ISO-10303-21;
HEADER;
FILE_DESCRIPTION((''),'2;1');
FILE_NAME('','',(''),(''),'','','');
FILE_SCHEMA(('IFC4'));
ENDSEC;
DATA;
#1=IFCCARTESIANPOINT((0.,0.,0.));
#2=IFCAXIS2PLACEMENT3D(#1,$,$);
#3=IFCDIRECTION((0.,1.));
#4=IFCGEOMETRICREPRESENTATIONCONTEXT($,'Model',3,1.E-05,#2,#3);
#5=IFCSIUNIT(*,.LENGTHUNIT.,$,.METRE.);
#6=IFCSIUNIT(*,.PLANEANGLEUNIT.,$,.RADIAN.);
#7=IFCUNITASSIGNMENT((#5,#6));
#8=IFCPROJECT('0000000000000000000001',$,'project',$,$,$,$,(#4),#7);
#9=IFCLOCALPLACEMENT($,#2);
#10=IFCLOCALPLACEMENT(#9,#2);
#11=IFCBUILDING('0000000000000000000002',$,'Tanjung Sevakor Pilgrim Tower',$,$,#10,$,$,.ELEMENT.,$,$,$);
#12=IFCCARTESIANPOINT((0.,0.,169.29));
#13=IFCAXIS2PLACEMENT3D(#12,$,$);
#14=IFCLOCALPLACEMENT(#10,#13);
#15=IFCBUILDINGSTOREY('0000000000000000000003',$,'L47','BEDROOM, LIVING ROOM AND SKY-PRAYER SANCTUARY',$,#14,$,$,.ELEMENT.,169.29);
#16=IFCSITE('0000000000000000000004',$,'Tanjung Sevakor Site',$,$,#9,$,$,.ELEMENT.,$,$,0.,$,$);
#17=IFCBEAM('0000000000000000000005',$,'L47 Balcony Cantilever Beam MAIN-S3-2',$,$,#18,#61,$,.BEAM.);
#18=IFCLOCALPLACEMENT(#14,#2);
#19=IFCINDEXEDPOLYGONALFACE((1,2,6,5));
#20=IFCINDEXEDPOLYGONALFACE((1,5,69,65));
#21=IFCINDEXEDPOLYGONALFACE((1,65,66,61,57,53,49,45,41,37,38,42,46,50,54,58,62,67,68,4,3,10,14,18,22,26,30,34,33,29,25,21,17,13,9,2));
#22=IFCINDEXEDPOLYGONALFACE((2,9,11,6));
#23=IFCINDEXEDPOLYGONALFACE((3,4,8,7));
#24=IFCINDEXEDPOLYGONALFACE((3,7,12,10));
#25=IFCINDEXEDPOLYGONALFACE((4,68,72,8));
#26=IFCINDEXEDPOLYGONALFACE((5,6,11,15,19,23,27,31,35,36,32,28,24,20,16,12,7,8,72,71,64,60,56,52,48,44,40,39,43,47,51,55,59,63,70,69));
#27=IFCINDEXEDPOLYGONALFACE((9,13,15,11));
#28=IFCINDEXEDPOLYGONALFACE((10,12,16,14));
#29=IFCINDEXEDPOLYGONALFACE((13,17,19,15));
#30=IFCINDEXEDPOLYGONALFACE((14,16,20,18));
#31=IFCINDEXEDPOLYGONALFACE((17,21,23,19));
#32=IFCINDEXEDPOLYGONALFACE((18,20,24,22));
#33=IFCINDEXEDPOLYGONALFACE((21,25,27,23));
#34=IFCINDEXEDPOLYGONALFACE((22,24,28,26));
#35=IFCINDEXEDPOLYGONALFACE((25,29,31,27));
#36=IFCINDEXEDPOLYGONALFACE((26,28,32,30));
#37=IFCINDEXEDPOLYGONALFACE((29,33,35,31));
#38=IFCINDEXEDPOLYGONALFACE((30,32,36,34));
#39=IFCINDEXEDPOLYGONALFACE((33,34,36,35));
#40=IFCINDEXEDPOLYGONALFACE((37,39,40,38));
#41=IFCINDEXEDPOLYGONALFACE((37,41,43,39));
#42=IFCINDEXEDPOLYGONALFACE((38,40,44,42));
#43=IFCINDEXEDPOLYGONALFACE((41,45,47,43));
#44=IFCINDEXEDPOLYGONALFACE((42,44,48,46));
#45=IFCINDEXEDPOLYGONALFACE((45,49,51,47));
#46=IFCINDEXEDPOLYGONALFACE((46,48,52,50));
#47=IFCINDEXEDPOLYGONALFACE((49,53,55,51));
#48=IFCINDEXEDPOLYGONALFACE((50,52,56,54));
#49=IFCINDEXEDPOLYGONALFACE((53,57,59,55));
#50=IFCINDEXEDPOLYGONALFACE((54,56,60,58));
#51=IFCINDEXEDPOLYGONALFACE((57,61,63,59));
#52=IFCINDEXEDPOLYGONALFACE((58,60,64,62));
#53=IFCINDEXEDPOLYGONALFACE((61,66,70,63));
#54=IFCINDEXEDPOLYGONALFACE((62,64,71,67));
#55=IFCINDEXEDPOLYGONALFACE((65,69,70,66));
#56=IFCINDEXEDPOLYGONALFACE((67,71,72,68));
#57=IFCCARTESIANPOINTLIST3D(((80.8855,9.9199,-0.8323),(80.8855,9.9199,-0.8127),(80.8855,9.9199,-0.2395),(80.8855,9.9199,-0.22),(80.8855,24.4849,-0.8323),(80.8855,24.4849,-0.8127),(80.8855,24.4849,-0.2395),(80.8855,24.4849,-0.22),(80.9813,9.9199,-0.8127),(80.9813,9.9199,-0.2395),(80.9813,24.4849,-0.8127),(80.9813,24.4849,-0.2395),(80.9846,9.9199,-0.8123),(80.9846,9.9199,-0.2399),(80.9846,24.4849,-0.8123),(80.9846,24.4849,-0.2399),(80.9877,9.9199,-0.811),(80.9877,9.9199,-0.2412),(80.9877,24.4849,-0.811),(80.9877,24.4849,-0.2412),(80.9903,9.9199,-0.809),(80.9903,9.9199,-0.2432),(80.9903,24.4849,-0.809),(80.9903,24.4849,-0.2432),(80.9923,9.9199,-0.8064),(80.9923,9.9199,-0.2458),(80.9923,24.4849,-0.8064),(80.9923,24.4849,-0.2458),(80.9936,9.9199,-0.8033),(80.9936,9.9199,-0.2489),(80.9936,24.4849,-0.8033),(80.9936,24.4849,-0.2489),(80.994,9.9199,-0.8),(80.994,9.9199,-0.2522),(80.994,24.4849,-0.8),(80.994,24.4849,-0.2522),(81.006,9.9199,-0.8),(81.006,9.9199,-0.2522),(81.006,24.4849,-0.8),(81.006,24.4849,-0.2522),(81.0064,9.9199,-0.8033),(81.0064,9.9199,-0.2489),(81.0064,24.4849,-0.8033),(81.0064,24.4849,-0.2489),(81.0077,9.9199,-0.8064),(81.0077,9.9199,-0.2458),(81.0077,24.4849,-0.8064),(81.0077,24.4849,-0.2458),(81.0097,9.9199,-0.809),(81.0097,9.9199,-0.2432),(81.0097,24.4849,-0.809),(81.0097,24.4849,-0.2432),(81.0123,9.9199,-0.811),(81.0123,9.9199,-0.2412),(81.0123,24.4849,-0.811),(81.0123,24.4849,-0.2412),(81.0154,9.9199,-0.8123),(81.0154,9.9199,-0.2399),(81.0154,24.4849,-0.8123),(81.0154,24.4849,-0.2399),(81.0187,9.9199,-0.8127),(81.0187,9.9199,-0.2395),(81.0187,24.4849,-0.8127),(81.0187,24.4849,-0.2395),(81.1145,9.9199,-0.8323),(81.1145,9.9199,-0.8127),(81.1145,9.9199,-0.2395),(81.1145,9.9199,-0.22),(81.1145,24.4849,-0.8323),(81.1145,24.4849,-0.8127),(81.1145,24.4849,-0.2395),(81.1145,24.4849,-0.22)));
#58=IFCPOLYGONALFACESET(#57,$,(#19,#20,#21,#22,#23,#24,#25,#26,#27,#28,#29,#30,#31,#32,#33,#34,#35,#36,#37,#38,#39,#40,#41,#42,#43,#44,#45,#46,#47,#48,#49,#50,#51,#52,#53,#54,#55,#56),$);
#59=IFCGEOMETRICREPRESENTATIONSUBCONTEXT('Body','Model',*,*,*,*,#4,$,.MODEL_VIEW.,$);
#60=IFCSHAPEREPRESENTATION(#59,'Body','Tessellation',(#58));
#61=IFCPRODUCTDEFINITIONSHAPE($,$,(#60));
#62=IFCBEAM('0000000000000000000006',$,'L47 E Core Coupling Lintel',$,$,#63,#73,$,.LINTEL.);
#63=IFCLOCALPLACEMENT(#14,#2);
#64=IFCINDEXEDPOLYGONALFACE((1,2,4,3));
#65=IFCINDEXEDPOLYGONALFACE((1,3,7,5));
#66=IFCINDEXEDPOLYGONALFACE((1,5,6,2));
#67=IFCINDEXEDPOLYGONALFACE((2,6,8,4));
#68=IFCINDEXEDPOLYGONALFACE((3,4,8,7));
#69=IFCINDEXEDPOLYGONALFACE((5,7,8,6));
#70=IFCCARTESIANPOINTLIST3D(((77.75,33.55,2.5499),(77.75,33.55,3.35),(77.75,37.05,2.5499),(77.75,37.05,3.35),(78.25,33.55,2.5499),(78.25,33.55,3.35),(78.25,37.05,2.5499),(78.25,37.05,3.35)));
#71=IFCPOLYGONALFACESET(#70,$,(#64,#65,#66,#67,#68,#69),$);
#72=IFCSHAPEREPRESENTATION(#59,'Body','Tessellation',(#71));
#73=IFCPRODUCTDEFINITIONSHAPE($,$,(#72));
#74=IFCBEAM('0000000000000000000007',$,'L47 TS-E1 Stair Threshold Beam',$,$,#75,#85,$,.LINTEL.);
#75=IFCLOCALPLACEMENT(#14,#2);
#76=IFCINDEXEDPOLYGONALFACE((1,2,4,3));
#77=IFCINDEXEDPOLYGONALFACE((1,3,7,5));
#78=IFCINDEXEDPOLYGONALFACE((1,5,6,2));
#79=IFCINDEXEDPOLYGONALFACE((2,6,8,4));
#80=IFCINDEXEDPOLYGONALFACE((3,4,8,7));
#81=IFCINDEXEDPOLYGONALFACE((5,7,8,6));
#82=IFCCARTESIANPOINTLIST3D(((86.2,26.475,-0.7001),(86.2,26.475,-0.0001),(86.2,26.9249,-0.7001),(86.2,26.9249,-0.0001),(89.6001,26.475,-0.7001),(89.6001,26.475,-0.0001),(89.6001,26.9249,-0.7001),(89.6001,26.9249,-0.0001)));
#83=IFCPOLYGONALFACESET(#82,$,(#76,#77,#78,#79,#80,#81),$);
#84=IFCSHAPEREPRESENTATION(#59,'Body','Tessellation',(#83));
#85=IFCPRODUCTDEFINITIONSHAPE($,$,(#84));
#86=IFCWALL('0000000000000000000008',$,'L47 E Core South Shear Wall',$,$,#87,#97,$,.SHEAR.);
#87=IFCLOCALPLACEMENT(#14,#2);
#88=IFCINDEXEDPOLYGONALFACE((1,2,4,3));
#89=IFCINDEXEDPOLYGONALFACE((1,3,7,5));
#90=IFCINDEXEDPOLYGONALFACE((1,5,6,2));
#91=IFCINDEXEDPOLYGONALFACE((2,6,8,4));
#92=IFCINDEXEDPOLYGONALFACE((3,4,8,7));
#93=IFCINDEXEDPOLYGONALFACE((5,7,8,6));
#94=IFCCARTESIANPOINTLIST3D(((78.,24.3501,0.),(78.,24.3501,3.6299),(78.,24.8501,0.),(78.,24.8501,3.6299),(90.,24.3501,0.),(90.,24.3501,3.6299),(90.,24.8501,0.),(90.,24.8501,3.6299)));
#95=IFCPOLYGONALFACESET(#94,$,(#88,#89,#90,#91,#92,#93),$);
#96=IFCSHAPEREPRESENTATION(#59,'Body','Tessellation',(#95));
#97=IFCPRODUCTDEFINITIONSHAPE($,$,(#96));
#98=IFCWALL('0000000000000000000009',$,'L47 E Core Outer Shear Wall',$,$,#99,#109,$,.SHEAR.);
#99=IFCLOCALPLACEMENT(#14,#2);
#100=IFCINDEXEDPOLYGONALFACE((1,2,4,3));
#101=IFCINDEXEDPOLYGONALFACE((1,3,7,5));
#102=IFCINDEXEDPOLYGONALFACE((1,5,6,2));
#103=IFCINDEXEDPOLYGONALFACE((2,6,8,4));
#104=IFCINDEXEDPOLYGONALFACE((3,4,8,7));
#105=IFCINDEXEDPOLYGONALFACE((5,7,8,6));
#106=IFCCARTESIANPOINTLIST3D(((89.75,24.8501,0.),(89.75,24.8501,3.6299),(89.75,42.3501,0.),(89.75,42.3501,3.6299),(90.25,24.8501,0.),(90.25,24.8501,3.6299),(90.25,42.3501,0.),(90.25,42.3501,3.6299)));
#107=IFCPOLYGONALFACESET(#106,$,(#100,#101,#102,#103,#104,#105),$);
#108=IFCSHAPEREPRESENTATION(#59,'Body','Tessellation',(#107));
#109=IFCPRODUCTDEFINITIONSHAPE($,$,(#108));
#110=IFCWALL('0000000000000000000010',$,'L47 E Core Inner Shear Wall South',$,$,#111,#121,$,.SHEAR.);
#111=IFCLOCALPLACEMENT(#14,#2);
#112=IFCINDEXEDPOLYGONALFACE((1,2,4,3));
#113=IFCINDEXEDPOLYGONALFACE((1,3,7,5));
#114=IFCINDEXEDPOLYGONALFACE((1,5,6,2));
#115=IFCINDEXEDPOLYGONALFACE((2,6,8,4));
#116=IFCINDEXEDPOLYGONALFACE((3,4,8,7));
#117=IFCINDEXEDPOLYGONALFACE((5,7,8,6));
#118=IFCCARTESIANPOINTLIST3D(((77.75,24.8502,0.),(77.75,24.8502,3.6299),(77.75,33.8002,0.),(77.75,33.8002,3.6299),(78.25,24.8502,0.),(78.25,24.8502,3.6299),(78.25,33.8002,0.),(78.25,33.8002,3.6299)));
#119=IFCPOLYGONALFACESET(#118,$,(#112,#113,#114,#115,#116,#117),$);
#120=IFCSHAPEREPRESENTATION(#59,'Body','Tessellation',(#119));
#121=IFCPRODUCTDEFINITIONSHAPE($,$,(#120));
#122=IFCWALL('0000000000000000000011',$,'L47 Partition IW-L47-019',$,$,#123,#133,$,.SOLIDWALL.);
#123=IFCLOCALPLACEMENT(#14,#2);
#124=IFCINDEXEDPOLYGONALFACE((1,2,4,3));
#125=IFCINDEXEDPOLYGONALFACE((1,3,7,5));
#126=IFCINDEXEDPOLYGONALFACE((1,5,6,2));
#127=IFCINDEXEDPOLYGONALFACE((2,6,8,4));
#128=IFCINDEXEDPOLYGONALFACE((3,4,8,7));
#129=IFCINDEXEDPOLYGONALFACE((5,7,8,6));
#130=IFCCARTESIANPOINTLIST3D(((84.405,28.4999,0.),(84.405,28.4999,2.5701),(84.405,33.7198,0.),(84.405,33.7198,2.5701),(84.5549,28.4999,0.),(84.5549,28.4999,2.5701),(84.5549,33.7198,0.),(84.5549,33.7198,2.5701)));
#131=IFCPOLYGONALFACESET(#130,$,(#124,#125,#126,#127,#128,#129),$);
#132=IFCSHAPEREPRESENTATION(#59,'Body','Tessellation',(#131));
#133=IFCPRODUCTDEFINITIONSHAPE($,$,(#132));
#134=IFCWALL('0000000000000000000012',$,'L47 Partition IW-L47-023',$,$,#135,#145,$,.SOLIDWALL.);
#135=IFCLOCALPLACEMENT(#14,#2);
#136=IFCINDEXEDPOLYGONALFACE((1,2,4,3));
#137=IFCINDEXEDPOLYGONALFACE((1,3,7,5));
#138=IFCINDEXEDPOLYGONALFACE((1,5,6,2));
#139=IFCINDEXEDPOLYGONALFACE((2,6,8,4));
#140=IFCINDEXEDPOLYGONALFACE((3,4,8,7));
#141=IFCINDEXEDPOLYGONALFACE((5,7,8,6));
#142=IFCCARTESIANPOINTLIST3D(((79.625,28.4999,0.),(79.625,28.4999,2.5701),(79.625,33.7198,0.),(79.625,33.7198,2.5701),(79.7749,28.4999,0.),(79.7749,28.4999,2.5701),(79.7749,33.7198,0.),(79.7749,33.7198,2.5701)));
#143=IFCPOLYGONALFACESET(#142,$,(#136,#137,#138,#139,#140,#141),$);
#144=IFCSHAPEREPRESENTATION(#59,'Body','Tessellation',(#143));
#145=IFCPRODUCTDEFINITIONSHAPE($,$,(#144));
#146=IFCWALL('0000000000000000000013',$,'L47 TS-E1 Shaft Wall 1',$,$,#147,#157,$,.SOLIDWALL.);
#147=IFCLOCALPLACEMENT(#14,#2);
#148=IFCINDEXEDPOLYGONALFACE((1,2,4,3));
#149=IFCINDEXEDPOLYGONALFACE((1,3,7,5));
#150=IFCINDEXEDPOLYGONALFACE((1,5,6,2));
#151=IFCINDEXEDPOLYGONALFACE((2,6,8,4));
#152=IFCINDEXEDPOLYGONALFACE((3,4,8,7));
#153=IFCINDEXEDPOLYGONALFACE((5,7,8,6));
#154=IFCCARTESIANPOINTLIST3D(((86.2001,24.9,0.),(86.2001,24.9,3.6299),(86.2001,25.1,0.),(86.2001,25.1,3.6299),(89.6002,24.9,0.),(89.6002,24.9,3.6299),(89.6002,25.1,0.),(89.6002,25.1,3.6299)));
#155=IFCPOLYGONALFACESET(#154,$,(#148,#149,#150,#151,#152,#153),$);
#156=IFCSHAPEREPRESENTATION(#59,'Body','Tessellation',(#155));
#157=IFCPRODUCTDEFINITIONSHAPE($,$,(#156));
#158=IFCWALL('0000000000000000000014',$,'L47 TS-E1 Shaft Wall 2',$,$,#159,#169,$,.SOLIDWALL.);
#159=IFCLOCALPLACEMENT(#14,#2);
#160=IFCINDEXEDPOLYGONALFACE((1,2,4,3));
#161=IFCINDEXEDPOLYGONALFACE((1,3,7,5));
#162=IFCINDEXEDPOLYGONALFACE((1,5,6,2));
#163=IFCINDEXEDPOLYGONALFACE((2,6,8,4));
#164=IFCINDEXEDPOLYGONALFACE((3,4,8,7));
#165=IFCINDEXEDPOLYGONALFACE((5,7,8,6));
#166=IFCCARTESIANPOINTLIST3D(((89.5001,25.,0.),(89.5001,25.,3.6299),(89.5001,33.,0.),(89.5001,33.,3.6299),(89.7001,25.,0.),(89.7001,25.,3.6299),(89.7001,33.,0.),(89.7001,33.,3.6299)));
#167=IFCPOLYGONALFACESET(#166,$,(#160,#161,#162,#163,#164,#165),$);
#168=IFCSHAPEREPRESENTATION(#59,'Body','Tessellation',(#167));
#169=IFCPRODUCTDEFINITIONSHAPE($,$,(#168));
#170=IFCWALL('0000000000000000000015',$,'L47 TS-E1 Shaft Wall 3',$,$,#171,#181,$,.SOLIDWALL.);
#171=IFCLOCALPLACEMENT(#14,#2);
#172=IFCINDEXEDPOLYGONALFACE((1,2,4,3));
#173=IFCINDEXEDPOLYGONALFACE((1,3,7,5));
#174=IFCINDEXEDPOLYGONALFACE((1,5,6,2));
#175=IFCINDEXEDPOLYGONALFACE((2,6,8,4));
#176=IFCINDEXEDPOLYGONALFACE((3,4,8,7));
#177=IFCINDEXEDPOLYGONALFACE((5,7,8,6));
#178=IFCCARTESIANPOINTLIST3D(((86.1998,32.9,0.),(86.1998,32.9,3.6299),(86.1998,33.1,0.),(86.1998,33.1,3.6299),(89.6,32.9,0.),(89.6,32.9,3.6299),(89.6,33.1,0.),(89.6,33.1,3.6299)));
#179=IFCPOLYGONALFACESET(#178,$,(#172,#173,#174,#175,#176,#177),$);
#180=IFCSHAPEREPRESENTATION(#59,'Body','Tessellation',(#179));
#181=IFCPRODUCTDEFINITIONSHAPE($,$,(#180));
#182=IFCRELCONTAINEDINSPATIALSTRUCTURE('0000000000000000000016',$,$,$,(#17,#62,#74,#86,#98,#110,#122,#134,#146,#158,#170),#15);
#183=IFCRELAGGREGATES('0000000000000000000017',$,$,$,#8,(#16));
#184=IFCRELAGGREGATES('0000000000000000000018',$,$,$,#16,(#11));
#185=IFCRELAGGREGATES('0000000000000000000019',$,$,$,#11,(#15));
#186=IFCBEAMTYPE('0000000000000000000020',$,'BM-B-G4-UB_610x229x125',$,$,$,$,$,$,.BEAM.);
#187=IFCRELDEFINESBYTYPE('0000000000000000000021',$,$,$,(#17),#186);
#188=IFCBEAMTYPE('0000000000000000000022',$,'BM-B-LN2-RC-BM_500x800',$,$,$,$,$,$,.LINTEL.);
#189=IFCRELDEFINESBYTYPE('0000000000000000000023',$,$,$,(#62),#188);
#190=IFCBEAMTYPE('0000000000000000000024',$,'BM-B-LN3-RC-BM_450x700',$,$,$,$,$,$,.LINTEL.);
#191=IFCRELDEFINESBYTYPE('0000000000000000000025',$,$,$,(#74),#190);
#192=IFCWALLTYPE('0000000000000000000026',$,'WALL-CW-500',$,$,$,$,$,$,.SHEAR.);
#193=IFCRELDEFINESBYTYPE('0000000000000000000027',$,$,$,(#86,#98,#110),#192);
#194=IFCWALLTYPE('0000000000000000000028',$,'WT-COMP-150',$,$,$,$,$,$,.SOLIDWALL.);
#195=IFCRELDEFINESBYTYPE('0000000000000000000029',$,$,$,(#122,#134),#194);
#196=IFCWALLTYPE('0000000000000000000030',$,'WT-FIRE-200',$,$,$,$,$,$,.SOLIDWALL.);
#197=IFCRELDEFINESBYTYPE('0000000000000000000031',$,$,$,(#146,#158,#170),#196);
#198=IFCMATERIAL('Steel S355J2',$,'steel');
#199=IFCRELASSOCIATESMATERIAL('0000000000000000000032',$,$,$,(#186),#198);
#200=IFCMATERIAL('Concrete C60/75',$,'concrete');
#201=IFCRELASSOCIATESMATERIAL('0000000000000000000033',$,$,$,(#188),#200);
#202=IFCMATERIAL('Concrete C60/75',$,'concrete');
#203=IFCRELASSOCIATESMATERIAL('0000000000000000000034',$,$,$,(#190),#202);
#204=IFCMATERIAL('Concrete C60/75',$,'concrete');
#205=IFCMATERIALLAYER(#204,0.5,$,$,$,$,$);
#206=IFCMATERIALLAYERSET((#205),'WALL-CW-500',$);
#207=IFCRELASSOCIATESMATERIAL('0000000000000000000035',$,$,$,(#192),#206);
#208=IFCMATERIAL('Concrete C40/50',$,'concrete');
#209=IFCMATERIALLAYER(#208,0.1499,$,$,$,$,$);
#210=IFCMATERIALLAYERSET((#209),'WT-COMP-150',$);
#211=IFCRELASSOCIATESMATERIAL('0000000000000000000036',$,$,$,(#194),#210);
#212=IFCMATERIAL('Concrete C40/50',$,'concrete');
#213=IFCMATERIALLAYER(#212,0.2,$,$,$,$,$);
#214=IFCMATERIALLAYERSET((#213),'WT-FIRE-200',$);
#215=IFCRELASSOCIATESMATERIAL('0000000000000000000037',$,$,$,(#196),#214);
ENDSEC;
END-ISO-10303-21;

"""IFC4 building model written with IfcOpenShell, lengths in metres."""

from ifc_helpers import new_model, si_unit, direction, frame, frame_2d, origin, origin_2d, place, context, subcontext, project, spatial, rectangle, i_section, extrude, material, layer, layer_set, material_profile, profile_set, type_object, element, save


model = new_model("IFC4")

# Units and contexts
model_context = context("Model", 3, precision=1e-05, world=origin(), true_north=direction((0.0, 1.0)))
body_context = subcontext(model_context, "Body", "Model", "MODEL_VIEW")
ifc_project = project(units=[si_unit("LENGTHUNIT", "METRE"), si_unit("PLANEANGLEUNIT", "RADIAN")], contexts=[model_context])

# Site, building, storey
site_placement = place(None, origin())
site = spatial("IfcSite", under=ifc_project, at=site_placement, Name="Tanjung Sevakor Site", CompositionType="ELEMENT", RefElevation=0.0)
building_placement = place(site_placement, origin())
building = spatial("IfcBuilding", under=site, at=building_placement, Name="Tanjung Sevakor Pilgrim Tower", CompositionType="ELEMENT")
storey_placement = place(building_placement, frame((0.0, 0.0, 169.29)))
storey = spatial("IfcBuildingStorey", under=building, at=storey_placement, Name="L47", Description="BEDROOM, LIVING ROOM AND SKY-PRAYER SANCTUARY", CompositionType="ELEMENT", Elevation=169.29)

# Beams
ifc_material_1 = material(Name="Steel S355J2", Category="steel")
ifc_material_profile_1 = material_profile(ifc_material_1, i_section(OverallWidth=0.229, OverallDepth=0.6123, WebThickness=0.012, FlangeThickness=0.0195, FilletRadius=0.0127, at=origin_2d()))
ifc_profile_set_1 = profile_set([ifc_material_profile_1], Name="Steel S355J2")
beam_type_1 = type_object("IfcBeamType", Name="BM-B-G4-UB_610x229x125", PredefinedType="BEAM", material=ifc_profile_set_1)
beam_1_placement = place(storey_placement, frame((81.0, 24.4849, -0.5261), z_axis=(0.0, -1.0, 0.0), x_axis=(1.0, 0.0, 0.0)))
element("IfcBeam", 1, at=beam_1_placement, inside=storey, type_object=beam_type_1, Name="L47 Balcony Cantilever Beam MAIN-S3-2", PredefinedType="BEAM", context=body_context, shape_type="SweptSolid", body=[
    extrude(i_section(OverallWidth=0.229, OverallDepth=0.6123, WebThickness=0.012, FlangeThickness=0.0195, FilletRadius=0.0127, at=origin_2d()), origin(), (0.0, 0.0, 1.0), 14.5649),
])
ifc_material_2 = material(Name="Concrete C60/75", Category="concrete")
ifc_material_profile_2 = material_profile(ifc_material_2, rectangle(XDim=0.5, YDim=0.8, at=origin_2d()))
ifc_profile_set_2 = profile_set([ifc_material_profile_2], Name="Concrete C60/75")
beam_type_2 = type_object("IfcBeamType", Name="BM-B-LN2-RC-BM_500x800", PredefinedType="LINTEL", material=ifc_profile_set_2)
beam_2_placement = place(storey_placement, frame((78.0, 33.55, 2.95), z_axis=(0.0, 1.0, 0.0), x_axis=(-1.0, 0.0, 0.0)))
element("IfcBeam", 2, at=beam_2_placement, inside=storey, type_object=beam_type_2, Name="L47 E Core Coupling Lintel", PredefinedType="LINTEL", context=body_context, shape_type="SweptSolid", body=[
    extrude(rectangle(XDim=0.5, YDim=0.8, at=origin_2d()), origin(), (0.0, 0.0, 1.0), 3.5),
])
ifc_material_3 = material(Name="Concrete C60/75", Category="concrete")
ifc_material_profile_3 = material_profile(ifc_material_3, rectangle(XDim=0.45, YDim=0.7, at=origin_2d()))
ifc_profile_set_3 = profile_set([ifc_material_profile_3], Name="Concrete C60/75")
beam_type_3 = type_object("IfcBeamType", Name="BM-B-LN3-RC-BM_450x700", PredefinedType="LINTEL", material=ifc_profile_set_3)
beam_3_placement = place(storey_placement, frame((86.2, 26.7, -0.3501), z_axis=(1.0, 0.0, 0.0), x_axis=(0.0, 1.0, 0.0)))
element("IfcBeam", 3, at=beam_3_placement, inside=storey, type_object=beam_type_3, Name="L47 TS-E1 Stair Threshold Beam", PredefinedType="LINTEL", context=body_context, shape_type="SweptSolid", body=[
    extrude(rectangle(XDim=0.45, YDim=0.7, at=origin_2d()), origin(), (0.0, 0.0, 1.0), 3.4001),
])

# Walls
ifc_material_4 = material(Name="Concrete C60/75", Category="concrete")
ifc_layer_1 = layer(ifc_material_4, 0.5)
ifc_layer_set_1 = layer_set([ifc_layer_1], Name="WALL-CW-500")
wall_type_1 = type_object("IfcWallType", Name="WALL-CW-500", PredefinedType="SHEAR", material=ifc_layer_set_1)
wall_1_placement = place(storey_placement, frame((78.0, 24.6001, 0.0), z_axis=(0.0, 0.0, 1.0), x_axis=(1.0, 0.0, 0.0)))
element("IfcWall", 4, at=wall_1_placement, inside=storey, type_object=wall_type_1, Name="L47 E Core South Shear Wall", PredefinedType="SHEAR", context=body_context, shape_type="SweptSolid", body=[
    extrude(rectangle(XDim=12.0, YDim=0.5, at=frame_2d((6.0, 0.0))), origin(), (0.0, 0.0, 1.0), 3.6299),
])
wall_2_placement = place(storey_placement, frame((90.0, 24.8501, 0.0), z_axis=(0.0, 0.0, 1.0), x_axis=(0.0, 1.0, 0.0)))
element("IfcWall", 5, at=wall_2_placement, inside=storey, type_object=wall_type_1, Name="L47 E Core Outer Shear Wall", PredefinedType="SHEAR", context=body_context, shape_type="SweptSolid", body=[
    extrude(rectangle(XDim=17.5, YDim=0.5, at=frame_2d((8.75, 0.0))), origin(), (0.0, 0.0, 1.0), 3.6299),
])
wall_3_placement = place(storey_placement, frame((78.0, 24.8501, 0.0), z_axis=(0.0, 0.0, 1.0), x_axis=(0.0, 1.0, 0.0)))
element("IfcWall", 6, at=wall_3_placement, inside=storey, type_object=wall_type_1, Name="L47 E Core Inner Shear Wall South", PredefinedType="SHEAR", context=body_context, shape_type="SweptSolid", body=[
    extrude(rectangle(XDim=8.95, YDim=0.5, at=frame_2d((4.4751, 0.0))), origin(), (0.0, 0.0, 1.0), 3.6299),
])

# Wall
ifc_material_5 = material(Name="Concrete C40/50", Category="concrete")
ifc_layer_2 = layer(ifc_material_5, 0.1499)
ifc_layer_set_2 = layer_set([ifc_layer_2], Name="WT-COMP-150")
wall_type_2 = type_object("IfcWallType", Name="WT-COMP-150", PredefinedType="SOLIDWALL", material=ifc_layer_set_2)
wall_4_placement = place(storey_placement, frame((84.48, 28.5, 0.0), z_axis=(0.0, 0.0, 1.0), x_axis=(0.0, 1.0, 0.0)))
element("IfcWall", 7, at=wall_4_placement, inside=storey, type_object=wall_type_2, Name="L47 Partition IW-L47-019", PredefinedType="SOLIDWALL", context=body_context, shape_type="SweptSolid", body=[
    extrude(rectangle(XDim=5.22, YDim=0.1499, at=frame_2d((2.6099, 0.0))), origin(), (0.0, 0.0, 1.0), 2.5701),
])

# Wall
wall_5_placement = place(storey_placement, frame((79.7, 28.5, 0.0), z_axis=(0.0, 0.0, 1.0), x_axis=(0.0, 1.0, 0.0)))
element("IfcWall", 8, at=wall_5_placement, inside=storey, type_object=wall_type_2, Name="L47 Partition IW-L47-023", PredefinedType="SOLIDWALL", context=body_context, shape_type="SweptSolid", body=[
    extrude(rectangle(XDim=5.22, YDim=0.1499, at=frame_2d((2.6099, 0.0))), origin(), (0.0, 0.0, 1.0), 2.5701),
])

# Walls
ifc_material_6 = material(Name="Concrete C40/50", Category="concrete")
ifc_layer_3 = layer(ifc_material_6, 0.2)
ifc_layer_set_3 = layer_set([ifc_layer_3], Name="WT-FIRE-200")
wall_type_3 = type_object("IfcWallType", Name="WT-FIRE-200", PredefinedType="SOLIDWALL", material=ifc_layer_set_3)
wall_6_placement = place(storey_placement, frame((86.2, 25.0, 0.0), z_axis=(0.0, 0.0, 1.0), x_axis=(1.0, 0.0, 0.0)))
element("IfcWall", 9, at=wall_6_placement, inside=storey, type_object=wall_type_3, Name="L47 TS-E1 Shaft Wall 1", PredefinedType="SOLIDWALL", context=body_context, shape_type="SweptSolid", body=[
    extrude(rectangle(XDim=3.4001, YDim=0.2, at=frame_2d((1.7002, 0.0))), origin(), (0.0, 0.0, 1.0), 3.6299),
])
wall_7_placement = place(storey_placement, frame((89.6001, 25.0, 0.0), z_axis=(0.0, 0.0, 1.0), x_axis=(0.0, 1.0, 0.0)))
element("IfcWall", 10, at=wall_7_placement, inside=storey, type_object=wall_type_3, Name="L47 TS-E1 Shaft Wall 2", PredefinedType="SOLIDWALL", context=body_context, shape_type="SweptSolid", body=[
    extrude(rectangle(XDim=8.0, YDim=0.2, at=frame_2d((4.0, 0.0))), origin(), (0.0, 0.0, 1.0), 3.6299),
])
wall_8_placement = place(storey_placement, frame((89.6001, 33.0, 0.0), z_axis=(0.0, 0.0, 1.0), x_axis=(-1.0, 0.0, 0.0)))
element("IfcWall", 11, at=wall_8_placement, inside=storey, type_object=wall_type_3, Name="L47 TS-E1 Shaft Wall 3", PredefinedType="SOLIDWALL", context=body_context, shape_type="SweptSolid", body=[
    extrude(rectangle(XDim=3.4001, YDim=0.2, at=frame_2d((1.7002, 0.0))), origin(), (0.0, 0.0, 1.0), 3.6299),
])

save(model, "model.ifc")
